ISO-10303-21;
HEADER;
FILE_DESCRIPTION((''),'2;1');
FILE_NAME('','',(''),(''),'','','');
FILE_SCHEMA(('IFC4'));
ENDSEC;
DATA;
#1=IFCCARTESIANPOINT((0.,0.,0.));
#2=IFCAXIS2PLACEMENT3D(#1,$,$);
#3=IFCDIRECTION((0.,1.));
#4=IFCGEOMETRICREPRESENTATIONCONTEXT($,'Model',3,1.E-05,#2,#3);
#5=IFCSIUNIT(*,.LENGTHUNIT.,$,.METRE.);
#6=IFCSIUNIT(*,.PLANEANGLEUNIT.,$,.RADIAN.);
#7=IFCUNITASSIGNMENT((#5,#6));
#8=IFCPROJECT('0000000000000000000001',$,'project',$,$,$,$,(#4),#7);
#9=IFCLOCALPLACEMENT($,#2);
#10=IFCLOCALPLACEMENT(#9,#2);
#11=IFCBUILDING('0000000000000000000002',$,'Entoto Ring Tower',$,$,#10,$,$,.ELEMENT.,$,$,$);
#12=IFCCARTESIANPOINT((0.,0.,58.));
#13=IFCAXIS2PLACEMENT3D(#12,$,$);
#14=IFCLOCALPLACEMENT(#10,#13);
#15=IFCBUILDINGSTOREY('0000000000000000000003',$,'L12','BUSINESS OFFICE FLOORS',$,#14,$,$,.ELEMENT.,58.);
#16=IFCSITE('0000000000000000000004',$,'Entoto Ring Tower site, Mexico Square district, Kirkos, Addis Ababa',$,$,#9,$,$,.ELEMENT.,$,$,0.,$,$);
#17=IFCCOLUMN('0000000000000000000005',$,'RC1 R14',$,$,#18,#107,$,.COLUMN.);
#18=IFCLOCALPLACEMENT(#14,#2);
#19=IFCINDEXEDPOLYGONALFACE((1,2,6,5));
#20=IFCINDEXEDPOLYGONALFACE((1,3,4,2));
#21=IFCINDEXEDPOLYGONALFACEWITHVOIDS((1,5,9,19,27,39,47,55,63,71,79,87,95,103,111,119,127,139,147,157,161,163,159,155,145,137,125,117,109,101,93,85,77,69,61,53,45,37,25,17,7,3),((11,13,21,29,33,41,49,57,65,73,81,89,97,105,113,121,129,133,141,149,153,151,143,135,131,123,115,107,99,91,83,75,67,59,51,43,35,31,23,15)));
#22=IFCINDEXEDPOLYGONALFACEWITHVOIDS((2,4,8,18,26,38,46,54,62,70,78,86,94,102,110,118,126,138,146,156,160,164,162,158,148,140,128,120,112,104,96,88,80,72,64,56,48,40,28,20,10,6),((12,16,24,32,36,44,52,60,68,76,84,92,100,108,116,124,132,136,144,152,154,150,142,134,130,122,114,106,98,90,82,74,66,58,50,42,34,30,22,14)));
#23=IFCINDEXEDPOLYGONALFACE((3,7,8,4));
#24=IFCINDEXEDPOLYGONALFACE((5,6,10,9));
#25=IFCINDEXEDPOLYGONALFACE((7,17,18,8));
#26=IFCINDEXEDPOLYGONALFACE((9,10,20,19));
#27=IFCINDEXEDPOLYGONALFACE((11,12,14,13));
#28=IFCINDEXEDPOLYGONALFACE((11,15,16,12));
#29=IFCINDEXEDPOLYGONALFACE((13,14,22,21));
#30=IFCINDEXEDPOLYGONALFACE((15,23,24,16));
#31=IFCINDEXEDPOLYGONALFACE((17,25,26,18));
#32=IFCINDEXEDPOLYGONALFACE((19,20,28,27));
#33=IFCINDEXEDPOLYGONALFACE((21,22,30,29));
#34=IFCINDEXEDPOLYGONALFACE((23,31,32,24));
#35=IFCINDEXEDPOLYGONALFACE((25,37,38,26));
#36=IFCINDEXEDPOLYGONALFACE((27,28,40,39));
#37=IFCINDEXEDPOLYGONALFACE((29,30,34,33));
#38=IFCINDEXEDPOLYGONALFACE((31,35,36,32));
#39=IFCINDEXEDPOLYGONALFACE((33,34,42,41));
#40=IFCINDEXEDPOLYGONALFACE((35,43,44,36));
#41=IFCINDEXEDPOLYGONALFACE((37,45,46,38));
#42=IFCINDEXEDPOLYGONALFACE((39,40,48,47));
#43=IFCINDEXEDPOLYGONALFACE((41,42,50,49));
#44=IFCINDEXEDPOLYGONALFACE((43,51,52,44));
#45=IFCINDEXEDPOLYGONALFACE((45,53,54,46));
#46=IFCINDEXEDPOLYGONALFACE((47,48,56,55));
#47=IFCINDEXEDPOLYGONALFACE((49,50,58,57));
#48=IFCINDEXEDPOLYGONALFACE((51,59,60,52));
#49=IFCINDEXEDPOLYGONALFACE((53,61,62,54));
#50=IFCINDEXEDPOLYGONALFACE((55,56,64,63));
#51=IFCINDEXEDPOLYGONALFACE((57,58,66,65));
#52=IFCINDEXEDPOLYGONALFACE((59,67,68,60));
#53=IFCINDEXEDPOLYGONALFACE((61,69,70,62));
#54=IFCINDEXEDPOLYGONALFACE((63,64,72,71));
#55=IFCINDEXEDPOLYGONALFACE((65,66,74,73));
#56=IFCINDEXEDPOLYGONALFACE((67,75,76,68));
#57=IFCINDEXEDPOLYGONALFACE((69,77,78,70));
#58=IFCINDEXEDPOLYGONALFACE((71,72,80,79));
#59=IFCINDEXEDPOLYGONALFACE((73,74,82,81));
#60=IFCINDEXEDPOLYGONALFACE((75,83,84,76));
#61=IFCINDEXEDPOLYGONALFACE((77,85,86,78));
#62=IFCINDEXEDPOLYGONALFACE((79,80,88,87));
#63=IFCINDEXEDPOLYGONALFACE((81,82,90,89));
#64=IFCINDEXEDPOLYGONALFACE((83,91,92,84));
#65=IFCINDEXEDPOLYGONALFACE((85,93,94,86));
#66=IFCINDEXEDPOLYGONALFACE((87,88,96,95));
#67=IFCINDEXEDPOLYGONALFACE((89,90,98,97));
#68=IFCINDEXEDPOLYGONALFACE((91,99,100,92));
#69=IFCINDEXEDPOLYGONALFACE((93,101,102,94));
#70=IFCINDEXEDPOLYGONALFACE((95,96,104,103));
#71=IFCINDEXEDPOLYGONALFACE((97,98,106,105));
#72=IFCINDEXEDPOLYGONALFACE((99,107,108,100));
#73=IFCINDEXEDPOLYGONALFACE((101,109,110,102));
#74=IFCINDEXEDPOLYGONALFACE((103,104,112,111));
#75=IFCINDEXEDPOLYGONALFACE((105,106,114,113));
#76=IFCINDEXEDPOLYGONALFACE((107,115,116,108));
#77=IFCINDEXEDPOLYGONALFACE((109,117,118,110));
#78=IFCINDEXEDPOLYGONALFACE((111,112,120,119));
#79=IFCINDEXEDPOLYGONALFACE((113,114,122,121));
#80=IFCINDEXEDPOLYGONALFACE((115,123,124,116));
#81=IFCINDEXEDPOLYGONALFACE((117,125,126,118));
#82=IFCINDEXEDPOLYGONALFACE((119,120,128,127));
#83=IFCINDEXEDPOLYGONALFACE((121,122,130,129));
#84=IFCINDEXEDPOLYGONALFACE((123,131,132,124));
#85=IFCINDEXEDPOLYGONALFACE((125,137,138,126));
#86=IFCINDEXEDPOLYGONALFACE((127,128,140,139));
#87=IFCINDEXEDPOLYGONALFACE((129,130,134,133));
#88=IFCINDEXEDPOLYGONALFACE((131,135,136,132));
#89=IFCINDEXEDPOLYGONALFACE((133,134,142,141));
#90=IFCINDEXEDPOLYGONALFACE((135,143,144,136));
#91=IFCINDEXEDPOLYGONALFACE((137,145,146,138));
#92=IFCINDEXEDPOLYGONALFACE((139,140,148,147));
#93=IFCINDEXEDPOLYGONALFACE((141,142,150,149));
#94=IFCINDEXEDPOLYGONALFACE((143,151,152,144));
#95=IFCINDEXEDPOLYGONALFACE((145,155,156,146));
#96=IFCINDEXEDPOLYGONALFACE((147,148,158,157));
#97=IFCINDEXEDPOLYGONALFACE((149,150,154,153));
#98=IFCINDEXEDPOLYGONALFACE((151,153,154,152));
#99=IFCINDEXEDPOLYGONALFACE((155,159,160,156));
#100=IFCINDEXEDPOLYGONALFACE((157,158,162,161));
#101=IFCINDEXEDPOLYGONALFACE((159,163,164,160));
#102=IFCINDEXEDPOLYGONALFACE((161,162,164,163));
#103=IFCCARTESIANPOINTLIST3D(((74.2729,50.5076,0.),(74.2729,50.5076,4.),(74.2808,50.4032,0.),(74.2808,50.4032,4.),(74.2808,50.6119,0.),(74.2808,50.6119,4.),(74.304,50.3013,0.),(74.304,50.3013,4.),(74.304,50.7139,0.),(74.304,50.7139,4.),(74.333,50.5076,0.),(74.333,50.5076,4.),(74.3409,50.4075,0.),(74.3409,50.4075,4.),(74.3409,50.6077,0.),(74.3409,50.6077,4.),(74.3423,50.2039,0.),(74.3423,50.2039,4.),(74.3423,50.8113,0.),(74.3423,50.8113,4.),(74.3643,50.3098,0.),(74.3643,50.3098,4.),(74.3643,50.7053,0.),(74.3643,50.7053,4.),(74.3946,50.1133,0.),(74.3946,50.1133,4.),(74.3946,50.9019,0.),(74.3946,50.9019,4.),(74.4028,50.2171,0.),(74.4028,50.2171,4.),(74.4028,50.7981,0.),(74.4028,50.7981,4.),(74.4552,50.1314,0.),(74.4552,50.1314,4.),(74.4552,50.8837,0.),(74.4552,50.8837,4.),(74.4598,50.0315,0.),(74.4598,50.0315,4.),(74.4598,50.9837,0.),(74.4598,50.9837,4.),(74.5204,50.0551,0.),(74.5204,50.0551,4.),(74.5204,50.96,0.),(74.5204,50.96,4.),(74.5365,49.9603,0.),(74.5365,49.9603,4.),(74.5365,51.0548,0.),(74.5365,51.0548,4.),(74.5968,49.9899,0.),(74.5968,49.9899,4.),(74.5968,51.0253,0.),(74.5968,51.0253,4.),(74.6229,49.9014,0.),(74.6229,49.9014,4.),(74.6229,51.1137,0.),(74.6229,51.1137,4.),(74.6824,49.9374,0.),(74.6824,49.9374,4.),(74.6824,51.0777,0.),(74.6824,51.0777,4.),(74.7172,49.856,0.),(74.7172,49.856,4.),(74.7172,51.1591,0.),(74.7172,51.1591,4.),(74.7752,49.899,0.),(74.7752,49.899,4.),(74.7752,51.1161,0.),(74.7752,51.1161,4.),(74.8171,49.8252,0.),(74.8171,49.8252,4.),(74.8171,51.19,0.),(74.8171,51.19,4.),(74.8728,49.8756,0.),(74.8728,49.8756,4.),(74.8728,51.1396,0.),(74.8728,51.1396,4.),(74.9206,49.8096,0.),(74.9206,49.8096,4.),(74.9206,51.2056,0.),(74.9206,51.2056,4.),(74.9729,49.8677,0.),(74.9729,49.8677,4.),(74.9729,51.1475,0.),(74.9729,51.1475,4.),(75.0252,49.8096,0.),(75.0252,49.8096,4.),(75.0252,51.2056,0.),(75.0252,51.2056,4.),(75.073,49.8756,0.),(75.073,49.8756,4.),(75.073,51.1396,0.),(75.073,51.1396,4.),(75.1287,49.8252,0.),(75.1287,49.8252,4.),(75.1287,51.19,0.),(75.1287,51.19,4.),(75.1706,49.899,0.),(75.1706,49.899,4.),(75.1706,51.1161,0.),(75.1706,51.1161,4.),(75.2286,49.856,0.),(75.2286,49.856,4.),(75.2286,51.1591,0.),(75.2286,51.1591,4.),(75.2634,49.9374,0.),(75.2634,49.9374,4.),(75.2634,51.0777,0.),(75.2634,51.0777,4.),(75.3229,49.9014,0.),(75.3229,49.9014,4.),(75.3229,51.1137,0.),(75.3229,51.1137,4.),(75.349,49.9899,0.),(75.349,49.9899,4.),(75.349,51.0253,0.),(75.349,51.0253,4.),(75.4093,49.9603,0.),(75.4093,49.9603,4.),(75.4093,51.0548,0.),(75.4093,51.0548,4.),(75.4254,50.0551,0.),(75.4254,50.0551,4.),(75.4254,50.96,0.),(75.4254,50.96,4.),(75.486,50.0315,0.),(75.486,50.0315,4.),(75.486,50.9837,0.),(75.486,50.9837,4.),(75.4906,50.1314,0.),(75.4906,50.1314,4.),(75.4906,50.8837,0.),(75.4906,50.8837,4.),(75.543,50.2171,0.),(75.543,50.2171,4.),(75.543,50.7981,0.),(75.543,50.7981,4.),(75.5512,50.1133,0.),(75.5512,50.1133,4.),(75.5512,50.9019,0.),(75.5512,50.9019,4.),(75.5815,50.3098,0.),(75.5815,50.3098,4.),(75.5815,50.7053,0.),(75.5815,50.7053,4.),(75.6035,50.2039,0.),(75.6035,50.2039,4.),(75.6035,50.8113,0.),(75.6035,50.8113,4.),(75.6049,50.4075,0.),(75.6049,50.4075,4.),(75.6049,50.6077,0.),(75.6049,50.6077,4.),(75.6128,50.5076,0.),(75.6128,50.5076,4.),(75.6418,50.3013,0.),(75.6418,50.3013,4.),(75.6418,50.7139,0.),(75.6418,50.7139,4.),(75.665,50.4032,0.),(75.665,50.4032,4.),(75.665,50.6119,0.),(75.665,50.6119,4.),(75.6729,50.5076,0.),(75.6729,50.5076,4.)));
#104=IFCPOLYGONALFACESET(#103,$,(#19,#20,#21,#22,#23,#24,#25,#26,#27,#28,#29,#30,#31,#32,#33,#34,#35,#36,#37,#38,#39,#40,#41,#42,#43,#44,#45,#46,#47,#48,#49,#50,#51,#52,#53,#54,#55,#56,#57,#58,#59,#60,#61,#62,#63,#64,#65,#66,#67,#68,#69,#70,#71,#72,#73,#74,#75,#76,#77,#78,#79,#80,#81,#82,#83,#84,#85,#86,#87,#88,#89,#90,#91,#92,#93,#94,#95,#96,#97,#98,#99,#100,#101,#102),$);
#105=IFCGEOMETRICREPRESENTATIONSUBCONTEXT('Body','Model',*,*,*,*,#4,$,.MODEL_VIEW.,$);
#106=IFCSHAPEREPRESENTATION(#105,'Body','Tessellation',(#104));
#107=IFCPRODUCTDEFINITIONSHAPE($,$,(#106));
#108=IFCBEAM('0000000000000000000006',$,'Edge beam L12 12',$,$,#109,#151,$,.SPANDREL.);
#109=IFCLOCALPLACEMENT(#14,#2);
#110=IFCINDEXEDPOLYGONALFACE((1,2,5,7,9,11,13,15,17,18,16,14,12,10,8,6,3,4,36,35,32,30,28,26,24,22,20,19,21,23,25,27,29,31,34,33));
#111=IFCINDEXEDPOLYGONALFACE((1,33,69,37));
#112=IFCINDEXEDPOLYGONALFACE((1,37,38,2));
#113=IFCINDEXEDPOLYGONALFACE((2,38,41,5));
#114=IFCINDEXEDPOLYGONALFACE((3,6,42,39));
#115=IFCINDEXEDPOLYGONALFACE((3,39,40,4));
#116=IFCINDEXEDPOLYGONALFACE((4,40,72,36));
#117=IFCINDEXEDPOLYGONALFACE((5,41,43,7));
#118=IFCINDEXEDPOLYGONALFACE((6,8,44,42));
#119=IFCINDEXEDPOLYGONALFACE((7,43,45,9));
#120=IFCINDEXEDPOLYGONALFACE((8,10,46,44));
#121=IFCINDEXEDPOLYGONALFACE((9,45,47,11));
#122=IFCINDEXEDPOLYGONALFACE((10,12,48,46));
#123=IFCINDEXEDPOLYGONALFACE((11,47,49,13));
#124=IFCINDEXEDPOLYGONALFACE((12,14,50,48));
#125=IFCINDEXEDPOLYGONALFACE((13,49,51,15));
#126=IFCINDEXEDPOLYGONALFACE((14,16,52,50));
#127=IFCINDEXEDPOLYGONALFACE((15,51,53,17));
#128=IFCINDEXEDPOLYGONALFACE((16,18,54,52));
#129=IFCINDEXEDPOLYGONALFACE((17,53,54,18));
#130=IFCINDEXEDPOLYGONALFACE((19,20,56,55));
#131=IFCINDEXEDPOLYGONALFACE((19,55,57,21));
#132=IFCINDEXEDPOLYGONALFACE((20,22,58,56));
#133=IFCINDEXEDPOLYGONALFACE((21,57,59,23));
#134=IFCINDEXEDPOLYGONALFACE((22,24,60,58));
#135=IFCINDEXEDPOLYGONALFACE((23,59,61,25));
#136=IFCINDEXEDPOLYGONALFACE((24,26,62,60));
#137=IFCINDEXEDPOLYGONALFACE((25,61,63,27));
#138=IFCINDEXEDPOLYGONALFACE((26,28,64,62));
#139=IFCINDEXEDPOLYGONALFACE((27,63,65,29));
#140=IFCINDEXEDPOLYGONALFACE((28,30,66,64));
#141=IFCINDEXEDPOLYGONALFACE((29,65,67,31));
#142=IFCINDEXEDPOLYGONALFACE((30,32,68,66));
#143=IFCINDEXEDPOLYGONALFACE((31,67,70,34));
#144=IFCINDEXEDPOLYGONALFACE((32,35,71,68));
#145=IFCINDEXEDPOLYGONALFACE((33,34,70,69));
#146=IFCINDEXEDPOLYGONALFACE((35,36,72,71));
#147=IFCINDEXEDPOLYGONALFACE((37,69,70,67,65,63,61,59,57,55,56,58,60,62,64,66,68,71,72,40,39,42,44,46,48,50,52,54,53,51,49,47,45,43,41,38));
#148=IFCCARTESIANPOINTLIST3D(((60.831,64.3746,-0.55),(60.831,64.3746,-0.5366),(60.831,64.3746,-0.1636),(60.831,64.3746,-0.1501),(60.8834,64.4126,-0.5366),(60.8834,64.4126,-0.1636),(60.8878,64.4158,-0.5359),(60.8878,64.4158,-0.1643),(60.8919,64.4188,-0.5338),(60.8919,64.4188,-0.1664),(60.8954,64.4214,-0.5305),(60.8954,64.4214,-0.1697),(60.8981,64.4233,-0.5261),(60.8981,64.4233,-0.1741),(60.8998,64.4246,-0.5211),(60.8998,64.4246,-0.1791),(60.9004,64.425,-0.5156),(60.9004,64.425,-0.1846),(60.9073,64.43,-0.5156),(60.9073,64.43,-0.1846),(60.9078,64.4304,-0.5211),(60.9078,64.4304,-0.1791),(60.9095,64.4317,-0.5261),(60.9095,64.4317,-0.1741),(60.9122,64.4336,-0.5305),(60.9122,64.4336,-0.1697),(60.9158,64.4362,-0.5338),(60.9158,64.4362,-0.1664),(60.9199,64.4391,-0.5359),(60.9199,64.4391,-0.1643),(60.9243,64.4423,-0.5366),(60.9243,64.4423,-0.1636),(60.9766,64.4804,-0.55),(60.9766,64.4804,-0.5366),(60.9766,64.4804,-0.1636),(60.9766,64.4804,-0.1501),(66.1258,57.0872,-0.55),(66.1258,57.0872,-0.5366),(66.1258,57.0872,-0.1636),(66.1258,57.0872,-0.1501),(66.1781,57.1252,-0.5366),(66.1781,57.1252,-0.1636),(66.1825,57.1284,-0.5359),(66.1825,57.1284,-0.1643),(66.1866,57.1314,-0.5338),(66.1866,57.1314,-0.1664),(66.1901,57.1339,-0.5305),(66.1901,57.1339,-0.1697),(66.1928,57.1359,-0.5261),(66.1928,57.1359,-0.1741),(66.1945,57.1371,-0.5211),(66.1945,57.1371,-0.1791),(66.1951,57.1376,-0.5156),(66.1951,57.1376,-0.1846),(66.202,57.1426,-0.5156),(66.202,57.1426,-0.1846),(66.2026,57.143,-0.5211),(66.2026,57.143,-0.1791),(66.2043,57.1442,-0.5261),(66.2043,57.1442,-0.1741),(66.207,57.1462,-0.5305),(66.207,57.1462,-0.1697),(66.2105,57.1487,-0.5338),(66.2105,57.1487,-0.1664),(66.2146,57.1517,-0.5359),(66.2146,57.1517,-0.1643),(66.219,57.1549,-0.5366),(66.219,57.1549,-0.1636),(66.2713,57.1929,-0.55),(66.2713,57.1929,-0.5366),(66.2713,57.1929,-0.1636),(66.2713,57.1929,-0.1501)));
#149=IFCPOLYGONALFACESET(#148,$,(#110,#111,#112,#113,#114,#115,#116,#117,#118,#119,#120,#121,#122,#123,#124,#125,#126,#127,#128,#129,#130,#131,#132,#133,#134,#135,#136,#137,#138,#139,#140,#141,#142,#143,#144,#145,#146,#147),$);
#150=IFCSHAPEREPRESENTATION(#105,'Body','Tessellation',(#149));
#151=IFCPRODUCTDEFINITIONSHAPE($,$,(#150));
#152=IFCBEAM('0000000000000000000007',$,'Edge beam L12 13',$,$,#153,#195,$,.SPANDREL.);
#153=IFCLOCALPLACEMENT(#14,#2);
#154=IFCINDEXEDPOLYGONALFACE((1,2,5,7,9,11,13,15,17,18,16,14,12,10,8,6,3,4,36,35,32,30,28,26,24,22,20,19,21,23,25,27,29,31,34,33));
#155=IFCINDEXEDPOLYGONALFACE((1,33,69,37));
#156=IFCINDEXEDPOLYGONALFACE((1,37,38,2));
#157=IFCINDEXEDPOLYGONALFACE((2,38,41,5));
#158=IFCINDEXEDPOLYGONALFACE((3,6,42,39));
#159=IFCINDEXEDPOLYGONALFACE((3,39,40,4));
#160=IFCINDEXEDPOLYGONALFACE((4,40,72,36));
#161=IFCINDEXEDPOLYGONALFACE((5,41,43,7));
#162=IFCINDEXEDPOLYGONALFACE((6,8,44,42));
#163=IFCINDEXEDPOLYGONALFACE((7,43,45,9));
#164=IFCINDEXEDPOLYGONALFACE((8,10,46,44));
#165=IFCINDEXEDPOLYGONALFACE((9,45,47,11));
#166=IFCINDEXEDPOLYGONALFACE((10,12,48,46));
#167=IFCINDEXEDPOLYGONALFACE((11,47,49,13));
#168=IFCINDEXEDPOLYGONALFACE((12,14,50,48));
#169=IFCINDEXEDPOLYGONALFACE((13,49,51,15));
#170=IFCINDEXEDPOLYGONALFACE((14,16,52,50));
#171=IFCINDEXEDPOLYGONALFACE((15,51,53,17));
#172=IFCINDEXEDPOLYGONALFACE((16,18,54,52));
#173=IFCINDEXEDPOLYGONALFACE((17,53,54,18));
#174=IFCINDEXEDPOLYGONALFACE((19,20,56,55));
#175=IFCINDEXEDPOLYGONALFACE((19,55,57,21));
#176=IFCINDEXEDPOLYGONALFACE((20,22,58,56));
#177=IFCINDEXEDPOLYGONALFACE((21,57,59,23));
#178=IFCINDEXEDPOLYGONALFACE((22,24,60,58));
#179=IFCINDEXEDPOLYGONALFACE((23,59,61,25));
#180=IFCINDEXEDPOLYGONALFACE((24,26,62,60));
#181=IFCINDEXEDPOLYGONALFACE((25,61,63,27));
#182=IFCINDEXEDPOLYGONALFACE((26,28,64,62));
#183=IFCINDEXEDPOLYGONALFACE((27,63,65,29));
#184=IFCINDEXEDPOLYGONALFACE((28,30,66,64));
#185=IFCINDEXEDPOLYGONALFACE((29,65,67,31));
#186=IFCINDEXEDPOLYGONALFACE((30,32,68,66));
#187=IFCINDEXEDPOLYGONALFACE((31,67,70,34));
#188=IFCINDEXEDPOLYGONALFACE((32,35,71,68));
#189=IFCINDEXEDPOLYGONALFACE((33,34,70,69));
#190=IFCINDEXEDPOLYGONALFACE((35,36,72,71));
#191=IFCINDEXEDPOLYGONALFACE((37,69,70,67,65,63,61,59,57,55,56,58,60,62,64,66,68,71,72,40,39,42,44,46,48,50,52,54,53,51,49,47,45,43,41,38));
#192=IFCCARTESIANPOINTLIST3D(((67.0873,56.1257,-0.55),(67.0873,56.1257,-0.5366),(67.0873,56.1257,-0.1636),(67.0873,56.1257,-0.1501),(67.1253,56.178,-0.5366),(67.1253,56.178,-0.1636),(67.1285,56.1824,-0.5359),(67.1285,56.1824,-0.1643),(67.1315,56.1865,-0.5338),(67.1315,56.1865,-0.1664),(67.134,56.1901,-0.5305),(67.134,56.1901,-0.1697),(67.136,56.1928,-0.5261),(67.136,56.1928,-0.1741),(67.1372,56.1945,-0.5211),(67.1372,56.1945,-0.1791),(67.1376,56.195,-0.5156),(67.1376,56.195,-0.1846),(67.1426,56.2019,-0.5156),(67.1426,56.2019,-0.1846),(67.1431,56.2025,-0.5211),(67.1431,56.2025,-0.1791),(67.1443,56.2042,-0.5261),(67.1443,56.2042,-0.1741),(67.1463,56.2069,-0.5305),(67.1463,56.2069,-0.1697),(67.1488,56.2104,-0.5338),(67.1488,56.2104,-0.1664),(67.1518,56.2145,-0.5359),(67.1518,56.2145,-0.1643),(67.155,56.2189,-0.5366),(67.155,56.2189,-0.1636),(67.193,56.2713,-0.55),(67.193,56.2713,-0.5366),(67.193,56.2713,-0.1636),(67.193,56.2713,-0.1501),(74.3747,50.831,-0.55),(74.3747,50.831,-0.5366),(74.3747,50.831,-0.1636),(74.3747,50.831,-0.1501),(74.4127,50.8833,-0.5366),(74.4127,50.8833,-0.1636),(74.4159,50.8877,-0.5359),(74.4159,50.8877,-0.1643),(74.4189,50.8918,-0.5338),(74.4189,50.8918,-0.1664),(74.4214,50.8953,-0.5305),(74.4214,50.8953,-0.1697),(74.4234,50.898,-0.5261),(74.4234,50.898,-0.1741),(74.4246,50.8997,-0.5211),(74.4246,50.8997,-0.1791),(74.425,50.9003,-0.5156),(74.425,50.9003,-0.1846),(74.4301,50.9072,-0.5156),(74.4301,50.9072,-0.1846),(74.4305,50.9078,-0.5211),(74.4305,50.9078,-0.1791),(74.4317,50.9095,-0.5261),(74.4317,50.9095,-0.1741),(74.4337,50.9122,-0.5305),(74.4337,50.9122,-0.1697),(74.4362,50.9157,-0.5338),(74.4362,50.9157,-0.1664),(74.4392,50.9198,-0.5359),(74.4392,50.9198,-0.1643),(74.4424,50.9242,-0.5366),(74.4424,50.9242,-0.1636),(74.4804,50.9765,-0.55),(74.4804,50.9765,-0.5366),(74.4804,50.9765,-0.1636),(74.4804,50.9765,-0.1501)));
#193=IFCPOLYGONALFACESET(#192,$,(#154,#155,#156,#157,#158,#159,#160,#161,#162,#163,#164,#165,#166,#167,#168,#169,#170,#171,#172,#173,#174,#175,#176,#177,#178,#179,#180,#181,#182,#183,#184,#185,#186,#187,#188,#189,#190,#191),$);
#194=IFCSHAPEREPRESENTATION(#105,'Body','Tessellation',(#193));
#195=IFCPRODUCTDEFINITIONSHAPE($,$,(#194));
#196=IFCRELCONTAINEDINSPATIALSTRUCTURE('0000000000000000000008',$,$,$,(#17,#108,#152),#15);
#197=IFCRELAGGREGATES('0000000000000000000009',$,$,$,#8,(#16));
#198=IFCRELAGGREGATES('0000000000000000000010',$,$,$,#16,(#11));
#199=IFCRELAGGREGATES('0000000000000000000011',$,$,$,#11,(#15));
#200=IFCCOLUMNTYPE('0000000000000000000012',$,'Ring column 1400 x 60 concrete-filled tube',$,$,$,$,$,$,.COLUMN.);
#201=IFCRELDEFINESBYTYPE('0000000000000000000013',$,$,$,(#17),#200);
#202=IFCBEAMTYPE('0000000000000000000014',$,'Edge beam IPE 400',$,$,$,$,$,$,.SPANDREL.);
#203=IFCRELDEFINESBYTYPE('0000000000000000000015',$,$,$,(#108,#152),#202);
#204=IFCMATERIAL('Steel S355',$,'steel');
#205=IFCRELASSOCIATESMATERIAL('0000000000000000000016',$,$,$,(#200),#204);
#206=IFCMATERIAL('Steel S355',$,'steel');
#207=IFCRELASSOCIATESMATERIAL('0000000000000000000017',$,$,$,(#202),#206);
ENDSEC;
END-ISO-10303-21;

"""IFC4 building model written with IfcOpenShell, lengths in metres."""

from ifc_helpers import new_model, si_unit, direction, frame, origin, origin_2d, place, context, subcontext, project, spatial, circle, hollow_circle, i_section, extrude, material, material_profile, profile_set, type_object, element, save


model = new_model("IFC4")

# Units and contexts
model_context = context("Model", 3, precision=1e-05, world=origin(), true_north=direction((0.0, 1.0)))
body_context = subcontext(model_context, "Body", "Model", "MODEL_VIEW")
ifc_project = project(units=[si_unit("LENGTHUNIT", "METRE"), si_unit("PLANEANGLEUNIT", "RADIAN")], contexts=[model_context])

# Site, building, storey
site_placement = place(None, origin())
site = spatial("IfcSite", under=ifc_project, at=site_placement, Name="Entoto Ring Tower site, Mexico Square district, Kirkos, Addis Ababa", CompositionType="ELEMENT", RefElevation=0.0)
building_placement = place(site_placement, origin())
building = spatial("IfcBuilding", under=site, at=building_placement, Name="Entoto Ring Tower", CompositionType="ELEMENT")
storey_placement = place(building_placement, frame((0.0, 0.0, 58.0)))
storey = spatial("IfcBuildingStorey", under=building, at=storey_placement, Name="L12", Description="BUSINESS OFFICE FLOORS", CompositionType="ELEMENT", Elevation=58.0)

# Column
ifc_material_1 = material(Name="Steel S355", Category="steel")
ifc_material_profile_1 = material_profile(ifc_material_1, hollow_circle(Radius=0.7, WallThickness=0.0601, at=origin_2d()), Name="CHS 1400 x 60")
ifc_material_2 = material(Name="Concrete C60/75", Category="concrete")
ifc_material_profile_2 = material_profile(ifc_material_2, circle(Radius=0.6399, at=origin_2d()), Name="Concrete C60/75 infill")
ifc_profile_set_1 = profile_set([ifc_material_profile_1, ifc_material_profile_2], Name="Steel S355")
column_type = type_object("IfcColumnType", Name="Ring column 1400 x 60 concrete-filled tube", PredefinedType="COLUMN", material=ifc_profile_set_1)
for number, where, z_axis, x_axis, name in (
    (1, (74.9729, 50.5076, 0.0), (0.0, 0.0, 1.0), (1.0, 0.0, 0.0), "RC1 R14"),
):
    element("IfcColumn", number, at=place(storey_placement, frame(where, z_axis=z_axis, x_axis=x_axis)), inside=storey, type_object=column_type, Name=name, PredefinedType="COLUMN", context=body_context, shape_type="SweptSolid", body=[
        extrude(hollow_circle(Radius=0.7, WallThickness=0.0601, at=origin_2d()), origin(), (0.0, 0.0, 1.0), 4.0),
    ])

# Beams
ifc_material_3 = material(Name="Steel S355", Category="steel")
ifc_material_profile_3 = material_profile(ifc_material_3, i_section(OverallWidth=0.1799, OverallDepth=0.3999, WebThickness=0.0085, FlangeThickness=0.0134, FilletRadius=0.021, at=origin_2d()), Name="IPE 400")
ifc_profile_set_2 = profile_set([ifc_material_profile_3], Name="Steel S355")
beam_type_1 = type_object("IfcBeamType", Name="Edge beam IPE 400", PredefinedType="SPANDREL", material=ifc_profile_set_2)
for number, where, z_axis, x_axis, name in (
    (2, (60.9038, 64.4275, -0.3501), (0.587793, -0.809011, 0.0), (0.809011, 0.587793, 0.0), "Edge beam L12 12"),
    (3, (67.1401, 56.1985, -0.3501), (0.809011, -0.587793, 0.0), (0.587793, 0.809011, 0.0), "Edge beam L12 13"),
):
    element("IfcBeam", number, at=place(storey_placement, frame(where, z_axis=z_axis, x_axis=x_axis)), inside=storey, type_object=beam_type_1, Name=name, PredefinedType="SPANDREL", context=body_context, shape_type="SweptSolid", body=[
        extrude(i_section(OverallWidth=0.1799, OverallDepth=0.3999, WebThickness=0.0085, FlangeThickness=0.0134, FilletRadius=0.021, at=origin_2d()), origin(), (0.0, 0.0, 1.0), 9.0078),
    ])

save(model, "model.ifc")
